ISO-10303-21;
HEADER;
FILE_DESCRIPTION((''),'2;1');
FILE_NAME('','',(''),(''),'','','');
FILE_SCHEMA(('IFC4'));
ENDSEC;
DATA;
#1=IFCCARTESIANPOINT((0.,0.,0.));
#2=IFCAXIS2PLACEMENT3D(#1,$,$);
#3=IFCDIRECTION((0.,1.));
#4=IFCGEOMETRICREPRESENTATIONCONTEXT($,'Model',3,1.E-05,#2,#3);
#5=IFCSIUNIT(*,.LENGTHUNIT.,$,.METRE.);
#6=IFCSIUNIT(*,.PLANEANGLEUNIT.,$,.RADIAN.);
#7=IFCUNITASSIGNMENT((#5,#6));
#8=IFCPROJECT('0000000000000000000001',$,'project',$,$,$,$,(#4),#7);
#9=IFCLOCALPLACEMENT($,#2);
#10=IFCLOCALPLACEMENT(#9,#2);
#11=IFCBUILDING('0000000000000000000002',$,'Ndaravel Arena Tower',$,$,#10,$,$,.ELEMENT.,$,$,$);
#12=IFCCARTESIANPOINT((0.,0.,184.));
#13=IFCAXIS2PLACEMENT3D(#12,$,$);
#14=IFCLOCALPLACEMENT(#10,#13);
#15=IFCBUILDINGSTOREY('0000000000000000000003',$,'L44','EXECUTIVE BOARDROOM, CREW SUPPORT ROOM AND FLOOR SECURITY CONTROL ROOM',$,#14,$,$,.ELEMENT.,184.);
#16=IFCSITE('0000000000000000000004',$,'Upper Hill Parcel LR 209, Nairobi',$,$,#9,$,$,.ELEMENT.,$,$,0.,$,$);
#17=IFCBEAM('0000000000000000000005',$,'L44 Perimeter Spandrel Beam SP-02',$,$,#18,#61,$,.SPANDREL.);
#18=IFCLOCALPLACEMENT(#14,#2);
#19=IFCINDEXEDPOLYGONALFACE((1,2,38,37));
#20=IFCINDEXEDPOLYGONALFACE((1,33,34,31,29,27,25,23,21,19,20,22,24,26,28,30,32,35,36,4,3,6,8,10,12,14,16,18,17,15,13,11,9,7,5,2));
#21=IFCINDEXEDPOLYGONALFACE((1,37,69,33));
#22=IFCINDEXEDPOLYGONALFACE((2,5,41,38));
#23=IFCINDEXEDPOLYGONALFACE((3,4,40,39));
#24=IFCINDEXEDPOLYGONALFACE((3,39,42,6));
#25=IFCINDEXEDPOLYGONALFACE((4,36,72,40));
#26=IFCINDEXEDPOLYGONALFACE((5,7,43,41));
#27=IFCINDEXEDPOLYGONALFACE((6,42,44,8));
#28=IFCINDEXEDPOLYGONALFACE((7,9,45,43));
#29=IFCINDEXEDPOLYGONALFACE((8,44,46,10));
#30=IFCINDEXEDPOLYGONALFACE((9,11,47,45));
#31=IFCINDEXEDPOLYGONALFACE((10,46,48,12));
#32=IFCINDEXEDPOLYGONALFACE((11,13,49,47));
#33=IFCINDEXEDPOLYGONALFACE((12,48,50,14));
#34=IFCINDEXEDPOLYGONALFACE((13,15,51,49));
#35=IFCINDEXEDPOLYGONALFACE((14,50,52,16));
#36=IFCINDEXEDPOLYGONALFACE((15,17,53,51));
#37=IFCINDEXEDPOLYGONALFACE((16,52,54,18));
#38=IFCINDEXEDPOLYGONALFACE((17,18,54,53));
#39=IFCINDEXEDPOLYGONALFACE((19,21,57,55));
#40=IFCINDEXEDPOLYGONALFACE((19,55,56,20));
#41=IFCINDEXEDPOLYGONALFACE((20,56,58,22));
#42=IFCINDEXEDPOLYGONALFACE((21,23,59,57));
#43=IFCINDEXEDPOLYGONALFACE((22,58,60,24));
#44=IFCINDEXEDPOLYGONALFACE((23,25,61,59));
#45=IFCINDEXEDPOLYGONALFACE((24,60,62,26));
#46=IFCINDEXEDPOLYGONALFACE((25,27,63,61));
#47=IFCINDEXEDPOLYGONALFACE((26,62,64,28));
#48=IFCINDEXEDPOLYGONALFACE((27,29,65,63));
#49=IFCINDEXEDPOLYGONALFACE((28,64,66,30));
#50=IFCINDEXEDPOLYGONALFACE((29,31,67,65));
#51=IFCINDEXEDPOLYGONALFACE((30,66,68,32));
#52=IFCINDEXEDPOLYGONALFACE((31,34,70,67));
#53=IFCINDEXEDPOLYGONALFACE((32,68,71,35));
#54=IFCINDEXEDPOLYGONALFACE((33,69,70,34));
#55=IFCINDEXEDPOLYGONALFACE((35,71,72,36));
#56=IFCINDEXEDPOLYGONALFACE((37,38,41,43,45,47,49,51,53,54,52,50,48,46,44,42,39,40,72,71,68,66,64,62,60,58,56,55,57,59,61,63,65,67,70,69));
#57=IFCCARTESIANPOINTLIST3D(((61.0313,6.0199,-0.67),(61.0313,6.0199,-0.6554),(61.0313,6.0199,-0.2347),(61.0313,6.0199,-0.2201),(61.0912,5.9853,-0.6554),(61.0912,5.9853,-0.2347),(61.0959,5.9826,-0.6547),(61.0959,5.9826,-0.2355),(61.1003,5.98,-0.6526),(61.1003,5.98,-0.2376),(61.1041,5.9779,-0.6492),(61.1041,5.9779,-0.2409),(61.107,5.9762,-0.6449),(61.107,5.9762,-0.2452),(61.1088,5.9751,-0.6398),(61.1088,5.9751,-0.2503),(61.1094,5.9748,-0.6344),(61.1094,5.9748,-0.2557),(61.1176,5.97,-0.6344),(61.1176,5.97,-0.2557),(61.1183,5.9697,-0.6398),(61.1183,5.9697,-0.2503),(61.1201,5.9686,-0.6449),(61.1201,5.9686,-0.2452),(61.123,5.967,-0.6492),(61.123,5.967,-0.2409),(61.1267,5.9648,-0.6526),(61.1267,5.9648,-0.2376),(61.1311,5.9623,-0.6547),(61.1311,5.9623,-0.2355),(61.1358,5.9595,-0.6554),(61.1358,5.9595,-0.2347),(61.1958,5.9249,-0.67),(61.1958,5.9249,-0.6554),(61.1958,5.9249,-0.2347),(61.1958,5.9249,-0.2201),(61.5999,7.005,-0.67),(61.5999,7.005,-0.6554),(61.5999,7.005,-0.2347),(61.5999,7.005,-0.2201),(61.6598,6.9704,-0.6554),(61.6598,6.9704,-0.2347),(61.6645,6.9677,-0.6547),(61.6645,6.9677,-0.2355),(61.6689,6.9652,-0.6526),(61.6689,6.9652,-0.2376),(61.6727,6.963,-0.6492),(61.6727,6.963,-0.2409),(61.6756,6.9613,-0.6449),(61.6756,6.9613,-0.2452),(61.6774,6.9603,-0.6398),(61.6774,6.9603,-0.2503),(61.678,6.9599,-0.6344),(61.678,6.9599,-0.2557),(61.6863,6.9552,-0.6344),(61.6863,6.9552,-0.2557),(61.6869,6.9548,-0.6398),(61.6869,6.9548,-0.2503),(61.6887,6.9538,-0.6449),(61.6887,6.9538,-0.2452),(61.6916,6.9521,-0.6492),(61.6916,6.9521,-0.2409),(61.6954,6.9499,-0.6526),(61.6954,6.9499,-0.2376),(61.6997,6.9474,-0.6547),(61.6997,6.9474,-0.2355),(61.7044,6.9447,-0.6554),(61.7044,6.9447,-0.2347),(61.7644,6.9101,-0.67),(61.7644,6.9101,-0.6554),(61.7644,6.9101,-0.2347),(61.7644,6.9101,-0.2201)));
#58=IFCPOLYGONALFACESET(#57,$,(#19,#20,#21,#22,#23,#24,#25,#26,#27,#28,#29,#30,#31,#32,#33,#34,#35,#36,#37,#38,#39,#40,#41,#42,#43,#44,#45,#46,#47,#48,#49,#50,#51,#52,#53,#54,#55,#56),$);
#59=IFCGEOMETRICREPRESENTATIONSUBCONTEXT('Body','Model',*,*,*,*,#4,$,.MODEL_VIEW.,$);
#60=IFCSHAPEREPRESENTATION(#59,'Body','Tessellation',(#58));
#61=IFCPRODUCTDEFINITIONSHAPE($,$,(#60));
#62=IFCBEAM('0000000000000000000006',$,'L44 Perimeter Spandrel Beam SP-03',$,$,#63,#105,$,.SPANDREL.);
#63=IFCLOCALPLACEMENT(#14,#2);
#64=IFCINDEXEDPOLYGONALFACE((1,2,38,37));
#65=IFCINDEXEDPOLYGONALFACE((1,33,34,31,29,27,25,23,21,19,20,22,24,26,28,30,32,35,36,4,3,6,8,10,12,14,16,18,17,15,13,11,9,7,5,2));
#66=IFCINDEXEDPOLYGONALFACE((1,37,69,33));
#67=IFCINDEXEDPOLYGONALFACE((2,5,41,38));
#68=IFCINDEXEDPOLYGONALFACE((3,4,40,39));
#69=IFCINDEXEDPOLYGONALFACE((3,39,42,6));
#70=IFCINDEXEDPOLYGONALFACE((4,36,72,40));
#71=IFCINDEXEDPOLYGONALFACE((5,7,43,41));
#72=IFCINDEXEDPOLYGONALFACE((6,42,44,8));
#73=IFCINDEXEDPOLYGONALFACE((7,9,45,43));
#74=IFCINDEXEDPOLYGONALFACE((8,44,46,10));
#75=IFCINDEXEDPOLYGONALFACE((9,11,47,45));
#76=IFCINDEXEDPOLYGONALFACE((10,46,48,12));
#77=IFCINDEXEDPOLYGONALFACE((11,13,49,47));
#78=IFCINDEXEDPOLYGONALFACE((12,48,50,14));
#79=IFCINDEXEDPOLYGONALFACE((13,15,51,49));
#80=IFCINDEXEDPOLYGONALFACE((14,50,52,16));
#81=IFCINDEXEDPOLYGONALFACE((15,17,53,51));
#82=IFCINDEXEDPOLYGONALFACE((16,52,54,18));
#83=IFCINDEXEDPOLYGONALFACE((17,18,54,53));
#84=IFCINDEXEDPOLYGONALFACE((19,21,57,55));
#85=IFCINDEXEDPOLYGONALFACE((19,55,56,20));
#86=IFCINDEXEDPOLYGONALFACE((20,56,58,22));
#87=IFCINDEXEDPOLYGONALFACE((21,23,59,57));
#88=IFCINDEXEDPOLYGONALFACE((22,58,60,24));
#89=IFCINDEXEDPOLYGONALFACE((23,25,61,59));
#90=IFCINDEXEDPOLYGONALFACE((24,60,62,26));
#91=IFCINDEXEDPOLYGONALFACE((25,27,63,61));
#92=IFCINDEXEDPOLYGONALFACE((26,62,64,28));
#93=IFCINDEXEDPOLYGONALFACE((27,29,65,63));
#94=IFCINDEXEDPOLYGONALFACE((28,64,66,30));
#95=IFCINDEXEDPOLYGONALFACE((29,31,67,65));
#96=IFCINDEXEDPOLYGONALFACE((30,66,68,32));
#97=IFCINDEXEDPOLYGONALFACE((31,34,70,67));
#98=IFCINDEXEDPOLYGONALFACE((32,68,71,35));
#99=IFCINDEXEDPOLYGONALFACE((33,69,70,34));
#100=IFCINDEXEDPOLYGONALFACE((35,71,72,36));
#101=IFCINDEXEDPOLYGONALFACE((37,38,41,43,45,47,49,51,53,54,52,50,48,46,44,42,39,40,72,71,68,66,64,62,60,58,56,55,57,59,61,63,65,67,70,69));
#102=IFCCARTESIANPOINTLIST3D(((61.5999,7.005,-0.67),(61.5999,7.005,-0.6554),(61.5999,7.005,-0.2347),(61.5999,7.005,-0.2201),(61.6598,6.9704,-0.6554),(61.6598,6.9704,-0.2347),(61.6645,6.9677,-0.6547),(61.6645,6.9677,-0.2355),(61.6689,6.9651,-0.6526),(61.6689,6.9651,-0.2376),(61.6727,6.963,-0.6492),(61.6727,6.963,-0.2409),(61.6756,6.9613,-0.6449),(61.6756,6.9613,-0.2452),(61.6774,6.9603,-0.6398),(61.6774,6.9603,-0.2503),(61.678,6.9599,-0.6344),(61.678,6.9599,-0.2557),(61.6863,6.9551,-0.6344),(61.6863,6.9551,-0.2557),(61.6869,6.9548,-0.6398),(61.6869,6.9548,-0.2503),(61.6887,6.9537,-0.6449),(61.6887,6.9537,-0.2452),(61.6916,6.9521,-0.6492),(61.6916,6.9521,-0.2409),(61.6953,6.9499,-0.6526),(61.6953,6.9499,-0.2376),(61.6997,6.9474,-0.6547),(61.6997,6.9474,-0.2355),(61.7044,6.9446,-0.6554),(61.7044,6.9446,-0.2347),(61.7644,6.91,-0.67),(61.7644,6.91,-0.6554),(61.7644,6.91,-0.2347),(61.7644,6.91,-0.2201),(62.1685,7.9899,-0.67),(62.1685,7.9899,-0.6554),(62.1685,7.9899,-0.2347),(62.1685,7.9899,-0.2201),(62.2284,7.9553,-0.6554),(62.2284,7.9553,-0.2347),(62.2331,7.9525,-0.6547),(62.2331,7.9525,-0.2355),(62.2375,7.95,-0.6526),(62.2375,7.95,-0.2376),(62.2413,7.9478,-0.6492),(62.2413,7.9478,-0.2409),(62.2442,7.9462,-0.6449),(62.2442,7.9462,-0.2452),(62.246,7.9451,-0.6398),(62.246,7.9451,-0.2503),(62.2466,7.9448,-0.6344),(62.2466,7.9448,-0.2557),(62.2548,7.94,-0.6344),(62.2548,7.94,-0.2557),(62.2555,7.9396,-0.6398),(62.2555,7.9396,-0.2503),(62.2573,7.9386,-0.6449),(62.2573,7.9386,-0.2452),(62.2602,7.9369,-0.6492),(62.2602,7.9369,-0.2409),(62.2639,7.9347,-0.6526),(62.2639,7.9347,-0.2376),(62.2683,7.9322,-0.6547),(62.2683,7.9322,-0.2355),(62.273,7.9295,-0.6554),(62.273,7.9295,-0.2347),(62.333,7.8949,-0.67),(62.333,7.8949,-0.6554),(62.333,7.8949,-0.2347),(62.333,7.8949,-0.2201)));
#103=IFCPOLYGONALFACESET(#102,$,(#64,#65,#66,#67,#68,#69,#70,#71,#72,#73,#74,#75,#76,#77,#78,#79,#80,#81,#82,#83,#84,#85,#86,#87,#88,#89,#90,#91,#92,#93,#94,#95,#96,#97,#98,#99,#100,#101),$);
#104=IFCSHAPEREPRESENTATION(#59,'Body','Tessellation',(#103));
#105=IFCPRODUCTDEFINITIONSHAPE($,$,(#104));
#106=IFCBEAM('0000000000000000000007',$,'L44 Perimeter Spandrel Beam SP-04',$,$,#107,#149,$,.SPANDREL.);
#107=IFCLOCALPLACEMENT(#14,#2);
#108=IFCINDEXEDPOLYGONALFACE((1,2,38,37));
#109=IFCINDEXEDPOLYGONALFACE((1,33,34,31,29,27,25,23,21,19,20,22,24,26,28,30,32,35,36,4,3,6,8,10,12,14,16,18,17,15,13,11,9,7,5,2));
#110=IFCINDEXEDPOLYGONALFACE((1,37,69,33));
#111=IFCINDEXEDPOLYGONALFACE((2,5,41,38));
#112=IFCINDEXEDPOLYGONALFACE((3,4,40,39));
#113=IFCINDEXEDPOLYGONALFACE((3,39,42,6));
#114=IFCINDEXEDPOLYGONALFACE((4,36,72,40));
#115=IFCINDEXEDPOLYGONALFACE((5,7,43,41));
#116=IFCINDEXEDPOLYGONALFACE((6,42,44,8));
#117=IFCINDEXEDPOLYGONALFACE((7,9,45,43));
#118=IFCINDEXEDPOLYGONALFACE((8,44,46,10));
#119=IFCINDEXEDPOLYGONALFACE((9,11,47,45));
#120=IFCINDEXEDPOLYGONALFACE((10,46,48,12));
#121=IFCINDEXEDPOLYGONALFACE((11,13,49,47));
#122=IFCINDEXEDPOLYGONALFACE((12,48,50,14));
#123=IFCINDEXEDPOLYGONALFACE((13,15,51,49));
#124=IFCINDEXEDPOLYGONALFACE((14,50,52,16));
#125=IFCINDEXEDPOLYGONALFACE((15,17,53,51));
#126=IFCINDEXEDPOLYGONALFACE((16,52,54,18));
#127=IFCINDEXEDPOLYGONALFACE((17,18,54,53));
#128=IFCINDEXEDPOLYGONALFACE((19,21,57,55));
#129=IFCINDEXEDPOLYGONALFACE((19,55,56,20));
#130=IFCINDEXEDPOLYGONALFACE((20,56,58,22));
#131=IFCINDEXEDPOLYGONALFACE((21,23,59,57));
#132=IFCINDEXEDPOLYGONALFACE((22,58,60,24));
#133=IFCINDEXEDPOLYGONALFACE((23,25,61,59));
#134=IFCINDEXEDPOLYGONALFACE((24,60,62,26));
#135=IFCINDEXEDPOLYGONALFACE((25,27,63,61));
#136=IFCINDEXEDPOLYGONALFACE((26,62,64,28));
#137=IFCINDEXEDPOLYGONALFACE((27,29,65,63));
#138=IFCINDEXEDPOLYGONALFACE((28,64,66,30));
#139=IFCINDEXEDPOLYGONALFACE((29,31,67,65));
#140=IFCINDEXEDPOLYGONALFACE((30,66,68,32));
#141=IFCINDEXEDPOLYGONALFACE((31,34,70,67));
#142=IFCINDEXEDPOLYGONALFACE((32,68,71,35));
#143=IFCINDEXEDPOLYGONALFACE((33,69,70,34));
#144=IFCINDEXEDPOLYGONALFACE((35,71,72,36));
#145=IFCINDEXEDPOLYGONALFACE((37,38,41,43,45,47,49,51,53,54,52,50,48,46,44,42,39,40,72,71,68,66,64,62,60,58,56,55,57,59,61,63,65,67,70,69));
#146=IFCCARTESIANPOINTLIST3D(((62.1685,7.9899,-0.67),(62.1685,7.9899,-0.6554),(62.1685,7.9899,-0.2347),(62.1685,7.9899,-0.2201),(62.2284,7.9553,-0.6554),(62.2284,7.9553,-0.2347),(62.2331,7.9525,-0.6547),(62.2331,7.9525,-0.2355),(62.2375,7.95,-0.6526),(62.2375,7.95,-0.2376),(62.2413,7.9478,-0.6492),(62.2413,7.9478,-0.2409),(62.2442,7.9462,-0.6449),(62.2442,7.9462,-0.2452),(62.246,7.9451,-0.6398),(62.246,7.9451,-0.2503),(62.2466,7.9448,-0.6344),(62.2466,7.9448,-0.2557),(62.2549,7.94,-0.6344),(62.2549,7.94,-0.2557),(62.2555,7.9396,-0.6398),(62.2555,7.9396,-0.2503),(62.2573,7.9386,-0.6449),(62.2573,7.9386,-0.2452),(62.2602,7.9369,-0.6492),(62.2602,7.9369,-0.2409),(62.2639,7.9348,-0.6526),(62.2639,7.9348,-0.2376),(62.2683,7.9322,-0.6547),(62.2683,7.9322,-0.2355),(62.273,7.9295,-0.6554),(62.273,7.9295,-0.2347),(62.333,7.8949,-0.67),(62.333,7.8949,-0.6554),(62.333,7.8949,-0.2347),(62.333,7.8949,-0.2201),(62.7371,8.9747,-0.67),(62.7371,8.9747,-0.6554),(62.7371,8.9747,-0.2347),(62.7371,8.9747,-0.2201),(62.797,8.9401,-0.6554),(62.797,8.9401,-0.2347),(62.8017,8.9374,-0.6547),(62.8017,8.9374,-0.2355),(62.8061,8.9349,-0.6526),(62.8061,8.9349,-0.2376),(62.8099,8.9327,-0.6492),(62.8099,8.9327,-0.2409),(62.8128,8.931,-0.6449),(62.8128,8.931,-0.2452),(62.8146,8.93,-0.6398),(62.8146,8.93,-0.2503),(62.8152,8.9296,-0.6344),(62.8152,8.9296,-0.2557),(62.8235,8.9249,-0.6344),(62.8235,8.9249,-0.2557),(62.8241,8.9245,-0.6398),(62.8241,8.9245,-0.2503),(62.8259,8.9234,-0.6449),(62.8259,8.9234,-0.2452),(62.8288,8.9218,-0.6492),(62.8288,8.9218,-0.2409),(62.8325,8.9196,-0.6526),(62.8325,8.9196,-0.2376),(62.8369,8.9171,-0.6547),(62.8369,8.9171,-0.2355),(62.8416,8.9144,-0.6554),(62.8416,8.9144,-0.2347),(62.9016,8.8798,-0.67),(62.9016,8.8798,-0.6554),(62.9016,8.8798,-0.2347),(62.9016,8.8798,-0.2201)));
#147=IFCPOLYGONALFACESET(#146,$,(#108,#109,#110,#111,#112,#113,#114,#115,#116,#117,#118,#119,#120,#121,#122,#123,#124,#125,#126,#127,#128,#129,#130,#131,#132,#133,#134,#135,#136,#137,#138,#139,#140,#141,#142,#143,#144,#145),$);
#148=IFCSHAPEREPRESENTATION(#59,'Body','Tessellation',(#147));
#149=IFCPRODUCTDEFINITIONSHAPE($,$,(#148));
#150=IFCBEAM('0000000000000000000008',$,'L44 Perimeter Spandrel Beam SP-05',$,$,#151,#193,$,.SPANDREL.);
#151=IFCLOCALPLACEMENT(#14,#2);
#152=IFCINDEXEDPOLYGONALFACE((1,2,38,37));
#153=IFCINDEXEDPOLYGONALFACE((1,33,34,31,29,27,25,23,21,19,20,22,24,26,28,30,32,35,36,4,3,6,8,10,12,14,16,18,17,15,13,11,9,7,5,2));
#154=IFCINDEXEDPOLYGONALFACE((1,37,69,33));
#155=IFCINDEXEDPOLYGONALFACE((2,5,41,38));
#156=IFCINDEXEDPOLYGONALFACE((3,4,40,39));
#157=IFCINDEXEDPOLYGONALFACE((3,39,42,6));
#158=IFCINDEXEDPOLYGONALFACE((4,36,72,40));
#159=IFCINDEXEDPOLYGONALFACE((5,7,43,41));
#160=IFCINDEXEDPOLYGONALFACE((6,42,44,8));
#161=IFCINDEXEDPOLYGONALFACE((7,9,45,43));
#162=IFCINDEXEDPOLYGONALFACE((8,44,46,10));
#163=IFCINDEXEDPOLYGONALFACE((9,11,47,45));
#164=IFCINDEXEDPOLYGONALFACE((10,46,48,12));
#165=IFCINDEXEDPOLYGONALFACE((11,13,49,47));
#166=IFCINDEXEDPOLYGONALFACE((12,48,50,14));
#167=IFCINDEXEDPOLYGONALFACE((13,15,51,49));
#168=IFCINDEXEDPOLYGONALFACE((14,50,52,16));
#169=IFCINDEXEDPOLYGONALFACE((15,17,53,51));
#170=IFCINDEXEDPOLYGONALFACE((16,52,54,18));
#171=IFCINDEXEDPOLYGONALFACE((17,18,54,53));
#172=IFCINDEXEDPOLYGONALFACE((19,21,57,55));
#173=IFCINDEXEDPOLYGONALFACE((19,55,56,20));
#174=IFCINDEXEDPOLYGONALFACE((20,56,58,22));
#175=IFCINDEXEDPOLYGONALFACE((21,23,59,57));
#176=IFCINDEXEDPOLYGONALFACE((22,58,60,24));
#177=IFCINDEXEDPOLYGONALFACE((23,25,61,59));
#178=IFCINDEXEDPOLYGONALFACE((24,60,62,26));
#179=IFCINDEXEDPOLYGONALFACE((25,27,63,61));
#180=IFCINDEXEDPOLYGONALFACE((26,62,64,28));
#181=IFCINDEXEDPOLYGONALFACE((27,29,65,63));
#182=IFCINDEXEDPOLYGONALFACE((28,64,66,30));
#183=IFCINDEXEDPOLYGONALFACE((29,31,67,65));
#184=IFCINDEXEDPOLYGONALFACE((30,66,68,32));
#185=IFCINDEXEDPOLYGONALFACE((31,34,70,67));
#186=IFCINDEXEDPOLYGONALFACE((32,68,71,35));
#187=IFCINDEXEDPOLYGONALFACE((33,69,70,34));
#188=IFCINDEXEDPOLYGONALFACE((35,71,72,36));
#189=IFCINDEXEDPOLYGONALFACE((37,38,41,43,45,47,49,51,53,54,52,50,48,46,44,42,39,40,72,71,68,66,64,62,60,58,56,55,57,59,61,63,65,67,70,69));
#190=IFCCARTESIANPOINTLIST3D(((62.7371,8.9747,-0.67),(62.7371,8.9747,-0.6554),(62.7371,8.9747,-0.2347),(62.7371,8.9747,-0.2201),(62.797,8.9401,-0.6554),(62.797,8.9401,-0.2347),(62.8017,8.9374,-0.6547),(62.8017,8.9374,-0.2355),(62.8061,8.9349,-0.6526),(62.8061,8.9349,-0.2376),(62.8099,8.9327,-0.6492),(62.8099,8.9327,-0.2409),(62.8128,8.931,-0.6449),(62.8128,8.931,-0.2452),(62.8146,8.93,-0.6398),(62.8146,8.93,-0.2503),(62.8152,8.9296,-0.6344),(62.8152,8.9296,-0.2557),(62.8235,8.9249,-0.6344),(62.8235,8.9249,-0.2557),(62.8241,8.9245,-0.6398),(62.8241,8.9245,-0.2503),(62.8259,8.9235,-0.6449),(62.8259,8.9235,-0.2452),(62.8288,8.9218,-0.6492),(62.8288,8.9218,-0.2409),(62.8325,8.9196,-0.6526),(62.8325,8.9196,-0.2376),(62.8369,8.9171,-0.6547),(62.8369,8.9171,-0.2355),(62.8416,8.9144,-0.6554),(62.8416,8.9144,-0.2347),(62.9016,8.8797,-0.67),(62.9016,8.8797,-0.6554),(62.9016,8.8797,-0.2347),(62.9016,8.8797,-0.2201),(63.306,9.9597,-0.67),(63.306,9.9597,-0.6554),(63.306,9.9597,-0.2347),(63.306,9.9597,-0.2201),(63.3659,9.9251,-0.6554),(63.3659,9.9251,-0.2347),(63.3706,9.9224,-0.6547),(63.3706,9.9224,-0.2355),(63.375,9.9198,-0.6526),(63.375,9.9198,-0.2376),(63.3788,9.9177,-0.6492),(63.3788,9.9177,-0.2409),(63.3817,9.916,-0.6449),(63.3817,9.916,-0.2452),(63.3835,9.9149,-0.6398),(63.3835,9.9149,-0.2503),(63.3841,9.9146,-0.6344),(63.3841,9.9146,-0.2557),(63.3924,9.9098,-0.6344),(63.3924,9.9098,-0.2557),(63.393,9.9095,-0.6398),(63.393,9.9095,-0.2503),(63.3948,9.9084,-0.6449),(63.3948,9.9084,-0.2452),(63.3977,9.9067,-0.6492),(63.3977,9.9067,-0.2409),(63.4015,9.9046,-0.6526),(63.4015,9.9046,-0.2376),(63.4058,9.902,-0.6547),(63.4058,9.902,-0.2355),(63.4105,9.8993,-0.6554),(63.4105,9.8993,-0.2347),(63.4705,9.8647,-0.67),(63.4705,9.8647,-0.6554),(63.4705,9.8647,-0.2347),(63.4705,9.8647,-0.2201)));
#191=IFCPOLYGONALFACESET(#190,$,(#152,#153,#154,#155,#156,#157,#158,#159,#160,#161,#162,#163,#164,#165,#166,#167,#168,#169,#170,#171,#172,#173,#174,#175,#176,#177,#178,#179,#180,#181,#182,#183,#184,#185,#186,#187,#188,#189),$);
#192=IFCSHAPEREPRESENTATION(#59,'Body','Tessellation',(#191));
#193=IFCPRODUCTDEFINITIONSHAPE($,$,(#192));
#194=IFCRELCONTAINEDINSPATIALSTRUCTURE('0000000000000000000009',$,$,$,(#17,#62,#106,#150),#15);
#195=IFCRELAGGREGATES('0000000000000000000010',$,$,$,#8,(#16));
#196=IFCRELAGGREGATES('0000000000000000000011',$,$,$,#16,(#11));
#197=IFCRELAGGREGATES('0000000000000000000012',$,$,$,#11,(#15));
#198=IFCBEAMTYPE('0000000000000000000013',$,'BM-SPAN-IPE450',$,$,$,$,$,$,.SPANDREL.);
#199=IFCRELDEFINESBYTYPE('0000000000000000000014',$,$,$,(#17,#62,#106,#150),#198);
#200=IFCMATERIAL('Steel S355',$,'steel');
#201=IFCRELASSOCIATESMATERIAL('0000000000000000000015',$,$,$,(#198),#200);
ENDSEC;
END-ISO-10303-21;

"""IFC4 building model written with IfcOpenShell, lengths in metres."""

from ifc_helpers import new_model, si_unit, direction, frame, origin, origin_2d, place, context, subcontext, project, spatial, i_section, extrude, material, material_profile, profile_set, type_object, element, save


model = new_model("IFC4")

# Units and contexts
model_context = context("Model", 3, precision=1e-05, world=origin(), true_north=direction((0.0, 1.0)))
body_context = subcontext(model_context, "Body", "Model", "MODEL_VIEW")
ifc_project = project(units=[si_unit("LENGTHUNIT", "METRE"), si_unit("PLANEANGLEUNIT", "RADIAN")], contexts=[model_context])

# Site, building, storey
site_placement = place(None, origin())
site = spatial("IfcSite", under=ifc_project, at=site_placement, Name="Upper Hill Parcel LR 209, Nairobi", CompositionType="ELEMENT", RefElevation=0.0)
building_placement = place(site_placement, origin())
building = spatial("IfcBuilding", under=site, at=building_placement, Name="Ndaravel Arena Tower", CompositionType="ELEMENT")
storey_placement = place(building_placement, frame((0.0, 0.0, 184.0)))
storey = spatial("IfcBuildingStorey", under=building, at=storey_placement, Name="L44", Description="EXECUTIVE BOARDROOM, CREW SUPPORT ROOM AND FLOOR SECURITY CONTROL ROOM", CompositionType="ELEMENT", Elevation=184.0)

# Beams
ifc_material_1 = material(Name="Steel S355", Category="steel")
ifc_material_profile_1 = material_profile(ifc_material_1, i_section(OverallWidth=0.1899, OverallDepth=0.45, WebThickness=0.0095, FlangeThickness=0.0146, FilletRadius=0.021, at=origin_2d()), Name="IPE 450")
ifc_profile_set_1 = profile_set([ifc_material_profile_1], Name="Steel S355")
beam_type = type_object("IfcBeamType", Name="BM-SPAN-IPE450", PredefinedType="SPANDREL", material=ifc_profile_set_1)
beam_1_placement = place(storey_placement, frame((61.1135, 5.9724, -0.4451), z_axis=(0.499902, 0.866082, 0.0), x_axis=(-0.866082, 0.499902, 0.0)))
element("IfcBeam", 1, at=beam_1_placement, inside=storey, type_object=beam_type, Name="L44 Perimeter Spandrel Beam SP-02", PredefinedType="SPANDREL", context=body_context, shape_type="SweptSolid", body=[
    extrude(i_section(OverallWidth=0.1899, OverallDepth=0.45, WebThickness=0.0095, FlangeThickness=0.0146, FilletRadius=0.021, at=origin_2d()), origin(), (0.0, 0.0, 1.0), 1.1375),
])
for number, where, z_axis, x_axis, name in (
    (2, (61.6821, 6.9575, -0.4451), (0.499995, 0.866028, 0.0), (-0.866028, 0.499995, 0.0), "L44 Perimeter Spandrel Beam SP-03"),
    (3, (62.2507, 7.9424, -0.4451), (0.499995, 0.866028, 0.0), (-0.866028, 0.499995, 0.0), "L44 Perimeter Spandrel Beam SP-04"),
):
    element("IfcBeam", number, at=place(storey_placement, frame(where, z_axis=z_axis, x_axis=x_axis)), inside=storey, type_object=beam_type, Name=name, PredefinedType="SPANDREL", context=body_context, shape_type="SweptSolid", body=[
        extrude(i_section(OverallWidth=0.1899, OverallDepth=0.45, WebThickness=0.0095, FlangeThickness=0.0146, FilletRadius=0.021, at=origin_2d()), origin(), (0.0, 0.0, 1.0), 1.1372),
    ])
for number, where, z_axis, x_axis, name in (
    (4, (62.8193, 8.9272, -0.4451), (0.500156, 0.865935, 0.0), (-0.865935, 0.500156, 0.0), "L44 Perimeter Spandrel Beam SP-05"),
):
    element("IfcBeam", number, at=place(storey_placement, frame(where, z_axis=z_axis, x_axis=x_axis)), inside=storey, type_object=beam_type, Name=name, PredefinedType="SPANDREL", context=body_context, shape_type="SweptSolid", body=[
        extrude(i_section(OverallWidth=0.1899, OverallDepth=0.45, WebThickness=0.0095, FlangeThickness=0.0146, FilletRadius=0.021, at=origin_2d()), origin(), (0.0, 0.0, 1.0), 1.1375),
    ])

save(model, "model.ifc")
